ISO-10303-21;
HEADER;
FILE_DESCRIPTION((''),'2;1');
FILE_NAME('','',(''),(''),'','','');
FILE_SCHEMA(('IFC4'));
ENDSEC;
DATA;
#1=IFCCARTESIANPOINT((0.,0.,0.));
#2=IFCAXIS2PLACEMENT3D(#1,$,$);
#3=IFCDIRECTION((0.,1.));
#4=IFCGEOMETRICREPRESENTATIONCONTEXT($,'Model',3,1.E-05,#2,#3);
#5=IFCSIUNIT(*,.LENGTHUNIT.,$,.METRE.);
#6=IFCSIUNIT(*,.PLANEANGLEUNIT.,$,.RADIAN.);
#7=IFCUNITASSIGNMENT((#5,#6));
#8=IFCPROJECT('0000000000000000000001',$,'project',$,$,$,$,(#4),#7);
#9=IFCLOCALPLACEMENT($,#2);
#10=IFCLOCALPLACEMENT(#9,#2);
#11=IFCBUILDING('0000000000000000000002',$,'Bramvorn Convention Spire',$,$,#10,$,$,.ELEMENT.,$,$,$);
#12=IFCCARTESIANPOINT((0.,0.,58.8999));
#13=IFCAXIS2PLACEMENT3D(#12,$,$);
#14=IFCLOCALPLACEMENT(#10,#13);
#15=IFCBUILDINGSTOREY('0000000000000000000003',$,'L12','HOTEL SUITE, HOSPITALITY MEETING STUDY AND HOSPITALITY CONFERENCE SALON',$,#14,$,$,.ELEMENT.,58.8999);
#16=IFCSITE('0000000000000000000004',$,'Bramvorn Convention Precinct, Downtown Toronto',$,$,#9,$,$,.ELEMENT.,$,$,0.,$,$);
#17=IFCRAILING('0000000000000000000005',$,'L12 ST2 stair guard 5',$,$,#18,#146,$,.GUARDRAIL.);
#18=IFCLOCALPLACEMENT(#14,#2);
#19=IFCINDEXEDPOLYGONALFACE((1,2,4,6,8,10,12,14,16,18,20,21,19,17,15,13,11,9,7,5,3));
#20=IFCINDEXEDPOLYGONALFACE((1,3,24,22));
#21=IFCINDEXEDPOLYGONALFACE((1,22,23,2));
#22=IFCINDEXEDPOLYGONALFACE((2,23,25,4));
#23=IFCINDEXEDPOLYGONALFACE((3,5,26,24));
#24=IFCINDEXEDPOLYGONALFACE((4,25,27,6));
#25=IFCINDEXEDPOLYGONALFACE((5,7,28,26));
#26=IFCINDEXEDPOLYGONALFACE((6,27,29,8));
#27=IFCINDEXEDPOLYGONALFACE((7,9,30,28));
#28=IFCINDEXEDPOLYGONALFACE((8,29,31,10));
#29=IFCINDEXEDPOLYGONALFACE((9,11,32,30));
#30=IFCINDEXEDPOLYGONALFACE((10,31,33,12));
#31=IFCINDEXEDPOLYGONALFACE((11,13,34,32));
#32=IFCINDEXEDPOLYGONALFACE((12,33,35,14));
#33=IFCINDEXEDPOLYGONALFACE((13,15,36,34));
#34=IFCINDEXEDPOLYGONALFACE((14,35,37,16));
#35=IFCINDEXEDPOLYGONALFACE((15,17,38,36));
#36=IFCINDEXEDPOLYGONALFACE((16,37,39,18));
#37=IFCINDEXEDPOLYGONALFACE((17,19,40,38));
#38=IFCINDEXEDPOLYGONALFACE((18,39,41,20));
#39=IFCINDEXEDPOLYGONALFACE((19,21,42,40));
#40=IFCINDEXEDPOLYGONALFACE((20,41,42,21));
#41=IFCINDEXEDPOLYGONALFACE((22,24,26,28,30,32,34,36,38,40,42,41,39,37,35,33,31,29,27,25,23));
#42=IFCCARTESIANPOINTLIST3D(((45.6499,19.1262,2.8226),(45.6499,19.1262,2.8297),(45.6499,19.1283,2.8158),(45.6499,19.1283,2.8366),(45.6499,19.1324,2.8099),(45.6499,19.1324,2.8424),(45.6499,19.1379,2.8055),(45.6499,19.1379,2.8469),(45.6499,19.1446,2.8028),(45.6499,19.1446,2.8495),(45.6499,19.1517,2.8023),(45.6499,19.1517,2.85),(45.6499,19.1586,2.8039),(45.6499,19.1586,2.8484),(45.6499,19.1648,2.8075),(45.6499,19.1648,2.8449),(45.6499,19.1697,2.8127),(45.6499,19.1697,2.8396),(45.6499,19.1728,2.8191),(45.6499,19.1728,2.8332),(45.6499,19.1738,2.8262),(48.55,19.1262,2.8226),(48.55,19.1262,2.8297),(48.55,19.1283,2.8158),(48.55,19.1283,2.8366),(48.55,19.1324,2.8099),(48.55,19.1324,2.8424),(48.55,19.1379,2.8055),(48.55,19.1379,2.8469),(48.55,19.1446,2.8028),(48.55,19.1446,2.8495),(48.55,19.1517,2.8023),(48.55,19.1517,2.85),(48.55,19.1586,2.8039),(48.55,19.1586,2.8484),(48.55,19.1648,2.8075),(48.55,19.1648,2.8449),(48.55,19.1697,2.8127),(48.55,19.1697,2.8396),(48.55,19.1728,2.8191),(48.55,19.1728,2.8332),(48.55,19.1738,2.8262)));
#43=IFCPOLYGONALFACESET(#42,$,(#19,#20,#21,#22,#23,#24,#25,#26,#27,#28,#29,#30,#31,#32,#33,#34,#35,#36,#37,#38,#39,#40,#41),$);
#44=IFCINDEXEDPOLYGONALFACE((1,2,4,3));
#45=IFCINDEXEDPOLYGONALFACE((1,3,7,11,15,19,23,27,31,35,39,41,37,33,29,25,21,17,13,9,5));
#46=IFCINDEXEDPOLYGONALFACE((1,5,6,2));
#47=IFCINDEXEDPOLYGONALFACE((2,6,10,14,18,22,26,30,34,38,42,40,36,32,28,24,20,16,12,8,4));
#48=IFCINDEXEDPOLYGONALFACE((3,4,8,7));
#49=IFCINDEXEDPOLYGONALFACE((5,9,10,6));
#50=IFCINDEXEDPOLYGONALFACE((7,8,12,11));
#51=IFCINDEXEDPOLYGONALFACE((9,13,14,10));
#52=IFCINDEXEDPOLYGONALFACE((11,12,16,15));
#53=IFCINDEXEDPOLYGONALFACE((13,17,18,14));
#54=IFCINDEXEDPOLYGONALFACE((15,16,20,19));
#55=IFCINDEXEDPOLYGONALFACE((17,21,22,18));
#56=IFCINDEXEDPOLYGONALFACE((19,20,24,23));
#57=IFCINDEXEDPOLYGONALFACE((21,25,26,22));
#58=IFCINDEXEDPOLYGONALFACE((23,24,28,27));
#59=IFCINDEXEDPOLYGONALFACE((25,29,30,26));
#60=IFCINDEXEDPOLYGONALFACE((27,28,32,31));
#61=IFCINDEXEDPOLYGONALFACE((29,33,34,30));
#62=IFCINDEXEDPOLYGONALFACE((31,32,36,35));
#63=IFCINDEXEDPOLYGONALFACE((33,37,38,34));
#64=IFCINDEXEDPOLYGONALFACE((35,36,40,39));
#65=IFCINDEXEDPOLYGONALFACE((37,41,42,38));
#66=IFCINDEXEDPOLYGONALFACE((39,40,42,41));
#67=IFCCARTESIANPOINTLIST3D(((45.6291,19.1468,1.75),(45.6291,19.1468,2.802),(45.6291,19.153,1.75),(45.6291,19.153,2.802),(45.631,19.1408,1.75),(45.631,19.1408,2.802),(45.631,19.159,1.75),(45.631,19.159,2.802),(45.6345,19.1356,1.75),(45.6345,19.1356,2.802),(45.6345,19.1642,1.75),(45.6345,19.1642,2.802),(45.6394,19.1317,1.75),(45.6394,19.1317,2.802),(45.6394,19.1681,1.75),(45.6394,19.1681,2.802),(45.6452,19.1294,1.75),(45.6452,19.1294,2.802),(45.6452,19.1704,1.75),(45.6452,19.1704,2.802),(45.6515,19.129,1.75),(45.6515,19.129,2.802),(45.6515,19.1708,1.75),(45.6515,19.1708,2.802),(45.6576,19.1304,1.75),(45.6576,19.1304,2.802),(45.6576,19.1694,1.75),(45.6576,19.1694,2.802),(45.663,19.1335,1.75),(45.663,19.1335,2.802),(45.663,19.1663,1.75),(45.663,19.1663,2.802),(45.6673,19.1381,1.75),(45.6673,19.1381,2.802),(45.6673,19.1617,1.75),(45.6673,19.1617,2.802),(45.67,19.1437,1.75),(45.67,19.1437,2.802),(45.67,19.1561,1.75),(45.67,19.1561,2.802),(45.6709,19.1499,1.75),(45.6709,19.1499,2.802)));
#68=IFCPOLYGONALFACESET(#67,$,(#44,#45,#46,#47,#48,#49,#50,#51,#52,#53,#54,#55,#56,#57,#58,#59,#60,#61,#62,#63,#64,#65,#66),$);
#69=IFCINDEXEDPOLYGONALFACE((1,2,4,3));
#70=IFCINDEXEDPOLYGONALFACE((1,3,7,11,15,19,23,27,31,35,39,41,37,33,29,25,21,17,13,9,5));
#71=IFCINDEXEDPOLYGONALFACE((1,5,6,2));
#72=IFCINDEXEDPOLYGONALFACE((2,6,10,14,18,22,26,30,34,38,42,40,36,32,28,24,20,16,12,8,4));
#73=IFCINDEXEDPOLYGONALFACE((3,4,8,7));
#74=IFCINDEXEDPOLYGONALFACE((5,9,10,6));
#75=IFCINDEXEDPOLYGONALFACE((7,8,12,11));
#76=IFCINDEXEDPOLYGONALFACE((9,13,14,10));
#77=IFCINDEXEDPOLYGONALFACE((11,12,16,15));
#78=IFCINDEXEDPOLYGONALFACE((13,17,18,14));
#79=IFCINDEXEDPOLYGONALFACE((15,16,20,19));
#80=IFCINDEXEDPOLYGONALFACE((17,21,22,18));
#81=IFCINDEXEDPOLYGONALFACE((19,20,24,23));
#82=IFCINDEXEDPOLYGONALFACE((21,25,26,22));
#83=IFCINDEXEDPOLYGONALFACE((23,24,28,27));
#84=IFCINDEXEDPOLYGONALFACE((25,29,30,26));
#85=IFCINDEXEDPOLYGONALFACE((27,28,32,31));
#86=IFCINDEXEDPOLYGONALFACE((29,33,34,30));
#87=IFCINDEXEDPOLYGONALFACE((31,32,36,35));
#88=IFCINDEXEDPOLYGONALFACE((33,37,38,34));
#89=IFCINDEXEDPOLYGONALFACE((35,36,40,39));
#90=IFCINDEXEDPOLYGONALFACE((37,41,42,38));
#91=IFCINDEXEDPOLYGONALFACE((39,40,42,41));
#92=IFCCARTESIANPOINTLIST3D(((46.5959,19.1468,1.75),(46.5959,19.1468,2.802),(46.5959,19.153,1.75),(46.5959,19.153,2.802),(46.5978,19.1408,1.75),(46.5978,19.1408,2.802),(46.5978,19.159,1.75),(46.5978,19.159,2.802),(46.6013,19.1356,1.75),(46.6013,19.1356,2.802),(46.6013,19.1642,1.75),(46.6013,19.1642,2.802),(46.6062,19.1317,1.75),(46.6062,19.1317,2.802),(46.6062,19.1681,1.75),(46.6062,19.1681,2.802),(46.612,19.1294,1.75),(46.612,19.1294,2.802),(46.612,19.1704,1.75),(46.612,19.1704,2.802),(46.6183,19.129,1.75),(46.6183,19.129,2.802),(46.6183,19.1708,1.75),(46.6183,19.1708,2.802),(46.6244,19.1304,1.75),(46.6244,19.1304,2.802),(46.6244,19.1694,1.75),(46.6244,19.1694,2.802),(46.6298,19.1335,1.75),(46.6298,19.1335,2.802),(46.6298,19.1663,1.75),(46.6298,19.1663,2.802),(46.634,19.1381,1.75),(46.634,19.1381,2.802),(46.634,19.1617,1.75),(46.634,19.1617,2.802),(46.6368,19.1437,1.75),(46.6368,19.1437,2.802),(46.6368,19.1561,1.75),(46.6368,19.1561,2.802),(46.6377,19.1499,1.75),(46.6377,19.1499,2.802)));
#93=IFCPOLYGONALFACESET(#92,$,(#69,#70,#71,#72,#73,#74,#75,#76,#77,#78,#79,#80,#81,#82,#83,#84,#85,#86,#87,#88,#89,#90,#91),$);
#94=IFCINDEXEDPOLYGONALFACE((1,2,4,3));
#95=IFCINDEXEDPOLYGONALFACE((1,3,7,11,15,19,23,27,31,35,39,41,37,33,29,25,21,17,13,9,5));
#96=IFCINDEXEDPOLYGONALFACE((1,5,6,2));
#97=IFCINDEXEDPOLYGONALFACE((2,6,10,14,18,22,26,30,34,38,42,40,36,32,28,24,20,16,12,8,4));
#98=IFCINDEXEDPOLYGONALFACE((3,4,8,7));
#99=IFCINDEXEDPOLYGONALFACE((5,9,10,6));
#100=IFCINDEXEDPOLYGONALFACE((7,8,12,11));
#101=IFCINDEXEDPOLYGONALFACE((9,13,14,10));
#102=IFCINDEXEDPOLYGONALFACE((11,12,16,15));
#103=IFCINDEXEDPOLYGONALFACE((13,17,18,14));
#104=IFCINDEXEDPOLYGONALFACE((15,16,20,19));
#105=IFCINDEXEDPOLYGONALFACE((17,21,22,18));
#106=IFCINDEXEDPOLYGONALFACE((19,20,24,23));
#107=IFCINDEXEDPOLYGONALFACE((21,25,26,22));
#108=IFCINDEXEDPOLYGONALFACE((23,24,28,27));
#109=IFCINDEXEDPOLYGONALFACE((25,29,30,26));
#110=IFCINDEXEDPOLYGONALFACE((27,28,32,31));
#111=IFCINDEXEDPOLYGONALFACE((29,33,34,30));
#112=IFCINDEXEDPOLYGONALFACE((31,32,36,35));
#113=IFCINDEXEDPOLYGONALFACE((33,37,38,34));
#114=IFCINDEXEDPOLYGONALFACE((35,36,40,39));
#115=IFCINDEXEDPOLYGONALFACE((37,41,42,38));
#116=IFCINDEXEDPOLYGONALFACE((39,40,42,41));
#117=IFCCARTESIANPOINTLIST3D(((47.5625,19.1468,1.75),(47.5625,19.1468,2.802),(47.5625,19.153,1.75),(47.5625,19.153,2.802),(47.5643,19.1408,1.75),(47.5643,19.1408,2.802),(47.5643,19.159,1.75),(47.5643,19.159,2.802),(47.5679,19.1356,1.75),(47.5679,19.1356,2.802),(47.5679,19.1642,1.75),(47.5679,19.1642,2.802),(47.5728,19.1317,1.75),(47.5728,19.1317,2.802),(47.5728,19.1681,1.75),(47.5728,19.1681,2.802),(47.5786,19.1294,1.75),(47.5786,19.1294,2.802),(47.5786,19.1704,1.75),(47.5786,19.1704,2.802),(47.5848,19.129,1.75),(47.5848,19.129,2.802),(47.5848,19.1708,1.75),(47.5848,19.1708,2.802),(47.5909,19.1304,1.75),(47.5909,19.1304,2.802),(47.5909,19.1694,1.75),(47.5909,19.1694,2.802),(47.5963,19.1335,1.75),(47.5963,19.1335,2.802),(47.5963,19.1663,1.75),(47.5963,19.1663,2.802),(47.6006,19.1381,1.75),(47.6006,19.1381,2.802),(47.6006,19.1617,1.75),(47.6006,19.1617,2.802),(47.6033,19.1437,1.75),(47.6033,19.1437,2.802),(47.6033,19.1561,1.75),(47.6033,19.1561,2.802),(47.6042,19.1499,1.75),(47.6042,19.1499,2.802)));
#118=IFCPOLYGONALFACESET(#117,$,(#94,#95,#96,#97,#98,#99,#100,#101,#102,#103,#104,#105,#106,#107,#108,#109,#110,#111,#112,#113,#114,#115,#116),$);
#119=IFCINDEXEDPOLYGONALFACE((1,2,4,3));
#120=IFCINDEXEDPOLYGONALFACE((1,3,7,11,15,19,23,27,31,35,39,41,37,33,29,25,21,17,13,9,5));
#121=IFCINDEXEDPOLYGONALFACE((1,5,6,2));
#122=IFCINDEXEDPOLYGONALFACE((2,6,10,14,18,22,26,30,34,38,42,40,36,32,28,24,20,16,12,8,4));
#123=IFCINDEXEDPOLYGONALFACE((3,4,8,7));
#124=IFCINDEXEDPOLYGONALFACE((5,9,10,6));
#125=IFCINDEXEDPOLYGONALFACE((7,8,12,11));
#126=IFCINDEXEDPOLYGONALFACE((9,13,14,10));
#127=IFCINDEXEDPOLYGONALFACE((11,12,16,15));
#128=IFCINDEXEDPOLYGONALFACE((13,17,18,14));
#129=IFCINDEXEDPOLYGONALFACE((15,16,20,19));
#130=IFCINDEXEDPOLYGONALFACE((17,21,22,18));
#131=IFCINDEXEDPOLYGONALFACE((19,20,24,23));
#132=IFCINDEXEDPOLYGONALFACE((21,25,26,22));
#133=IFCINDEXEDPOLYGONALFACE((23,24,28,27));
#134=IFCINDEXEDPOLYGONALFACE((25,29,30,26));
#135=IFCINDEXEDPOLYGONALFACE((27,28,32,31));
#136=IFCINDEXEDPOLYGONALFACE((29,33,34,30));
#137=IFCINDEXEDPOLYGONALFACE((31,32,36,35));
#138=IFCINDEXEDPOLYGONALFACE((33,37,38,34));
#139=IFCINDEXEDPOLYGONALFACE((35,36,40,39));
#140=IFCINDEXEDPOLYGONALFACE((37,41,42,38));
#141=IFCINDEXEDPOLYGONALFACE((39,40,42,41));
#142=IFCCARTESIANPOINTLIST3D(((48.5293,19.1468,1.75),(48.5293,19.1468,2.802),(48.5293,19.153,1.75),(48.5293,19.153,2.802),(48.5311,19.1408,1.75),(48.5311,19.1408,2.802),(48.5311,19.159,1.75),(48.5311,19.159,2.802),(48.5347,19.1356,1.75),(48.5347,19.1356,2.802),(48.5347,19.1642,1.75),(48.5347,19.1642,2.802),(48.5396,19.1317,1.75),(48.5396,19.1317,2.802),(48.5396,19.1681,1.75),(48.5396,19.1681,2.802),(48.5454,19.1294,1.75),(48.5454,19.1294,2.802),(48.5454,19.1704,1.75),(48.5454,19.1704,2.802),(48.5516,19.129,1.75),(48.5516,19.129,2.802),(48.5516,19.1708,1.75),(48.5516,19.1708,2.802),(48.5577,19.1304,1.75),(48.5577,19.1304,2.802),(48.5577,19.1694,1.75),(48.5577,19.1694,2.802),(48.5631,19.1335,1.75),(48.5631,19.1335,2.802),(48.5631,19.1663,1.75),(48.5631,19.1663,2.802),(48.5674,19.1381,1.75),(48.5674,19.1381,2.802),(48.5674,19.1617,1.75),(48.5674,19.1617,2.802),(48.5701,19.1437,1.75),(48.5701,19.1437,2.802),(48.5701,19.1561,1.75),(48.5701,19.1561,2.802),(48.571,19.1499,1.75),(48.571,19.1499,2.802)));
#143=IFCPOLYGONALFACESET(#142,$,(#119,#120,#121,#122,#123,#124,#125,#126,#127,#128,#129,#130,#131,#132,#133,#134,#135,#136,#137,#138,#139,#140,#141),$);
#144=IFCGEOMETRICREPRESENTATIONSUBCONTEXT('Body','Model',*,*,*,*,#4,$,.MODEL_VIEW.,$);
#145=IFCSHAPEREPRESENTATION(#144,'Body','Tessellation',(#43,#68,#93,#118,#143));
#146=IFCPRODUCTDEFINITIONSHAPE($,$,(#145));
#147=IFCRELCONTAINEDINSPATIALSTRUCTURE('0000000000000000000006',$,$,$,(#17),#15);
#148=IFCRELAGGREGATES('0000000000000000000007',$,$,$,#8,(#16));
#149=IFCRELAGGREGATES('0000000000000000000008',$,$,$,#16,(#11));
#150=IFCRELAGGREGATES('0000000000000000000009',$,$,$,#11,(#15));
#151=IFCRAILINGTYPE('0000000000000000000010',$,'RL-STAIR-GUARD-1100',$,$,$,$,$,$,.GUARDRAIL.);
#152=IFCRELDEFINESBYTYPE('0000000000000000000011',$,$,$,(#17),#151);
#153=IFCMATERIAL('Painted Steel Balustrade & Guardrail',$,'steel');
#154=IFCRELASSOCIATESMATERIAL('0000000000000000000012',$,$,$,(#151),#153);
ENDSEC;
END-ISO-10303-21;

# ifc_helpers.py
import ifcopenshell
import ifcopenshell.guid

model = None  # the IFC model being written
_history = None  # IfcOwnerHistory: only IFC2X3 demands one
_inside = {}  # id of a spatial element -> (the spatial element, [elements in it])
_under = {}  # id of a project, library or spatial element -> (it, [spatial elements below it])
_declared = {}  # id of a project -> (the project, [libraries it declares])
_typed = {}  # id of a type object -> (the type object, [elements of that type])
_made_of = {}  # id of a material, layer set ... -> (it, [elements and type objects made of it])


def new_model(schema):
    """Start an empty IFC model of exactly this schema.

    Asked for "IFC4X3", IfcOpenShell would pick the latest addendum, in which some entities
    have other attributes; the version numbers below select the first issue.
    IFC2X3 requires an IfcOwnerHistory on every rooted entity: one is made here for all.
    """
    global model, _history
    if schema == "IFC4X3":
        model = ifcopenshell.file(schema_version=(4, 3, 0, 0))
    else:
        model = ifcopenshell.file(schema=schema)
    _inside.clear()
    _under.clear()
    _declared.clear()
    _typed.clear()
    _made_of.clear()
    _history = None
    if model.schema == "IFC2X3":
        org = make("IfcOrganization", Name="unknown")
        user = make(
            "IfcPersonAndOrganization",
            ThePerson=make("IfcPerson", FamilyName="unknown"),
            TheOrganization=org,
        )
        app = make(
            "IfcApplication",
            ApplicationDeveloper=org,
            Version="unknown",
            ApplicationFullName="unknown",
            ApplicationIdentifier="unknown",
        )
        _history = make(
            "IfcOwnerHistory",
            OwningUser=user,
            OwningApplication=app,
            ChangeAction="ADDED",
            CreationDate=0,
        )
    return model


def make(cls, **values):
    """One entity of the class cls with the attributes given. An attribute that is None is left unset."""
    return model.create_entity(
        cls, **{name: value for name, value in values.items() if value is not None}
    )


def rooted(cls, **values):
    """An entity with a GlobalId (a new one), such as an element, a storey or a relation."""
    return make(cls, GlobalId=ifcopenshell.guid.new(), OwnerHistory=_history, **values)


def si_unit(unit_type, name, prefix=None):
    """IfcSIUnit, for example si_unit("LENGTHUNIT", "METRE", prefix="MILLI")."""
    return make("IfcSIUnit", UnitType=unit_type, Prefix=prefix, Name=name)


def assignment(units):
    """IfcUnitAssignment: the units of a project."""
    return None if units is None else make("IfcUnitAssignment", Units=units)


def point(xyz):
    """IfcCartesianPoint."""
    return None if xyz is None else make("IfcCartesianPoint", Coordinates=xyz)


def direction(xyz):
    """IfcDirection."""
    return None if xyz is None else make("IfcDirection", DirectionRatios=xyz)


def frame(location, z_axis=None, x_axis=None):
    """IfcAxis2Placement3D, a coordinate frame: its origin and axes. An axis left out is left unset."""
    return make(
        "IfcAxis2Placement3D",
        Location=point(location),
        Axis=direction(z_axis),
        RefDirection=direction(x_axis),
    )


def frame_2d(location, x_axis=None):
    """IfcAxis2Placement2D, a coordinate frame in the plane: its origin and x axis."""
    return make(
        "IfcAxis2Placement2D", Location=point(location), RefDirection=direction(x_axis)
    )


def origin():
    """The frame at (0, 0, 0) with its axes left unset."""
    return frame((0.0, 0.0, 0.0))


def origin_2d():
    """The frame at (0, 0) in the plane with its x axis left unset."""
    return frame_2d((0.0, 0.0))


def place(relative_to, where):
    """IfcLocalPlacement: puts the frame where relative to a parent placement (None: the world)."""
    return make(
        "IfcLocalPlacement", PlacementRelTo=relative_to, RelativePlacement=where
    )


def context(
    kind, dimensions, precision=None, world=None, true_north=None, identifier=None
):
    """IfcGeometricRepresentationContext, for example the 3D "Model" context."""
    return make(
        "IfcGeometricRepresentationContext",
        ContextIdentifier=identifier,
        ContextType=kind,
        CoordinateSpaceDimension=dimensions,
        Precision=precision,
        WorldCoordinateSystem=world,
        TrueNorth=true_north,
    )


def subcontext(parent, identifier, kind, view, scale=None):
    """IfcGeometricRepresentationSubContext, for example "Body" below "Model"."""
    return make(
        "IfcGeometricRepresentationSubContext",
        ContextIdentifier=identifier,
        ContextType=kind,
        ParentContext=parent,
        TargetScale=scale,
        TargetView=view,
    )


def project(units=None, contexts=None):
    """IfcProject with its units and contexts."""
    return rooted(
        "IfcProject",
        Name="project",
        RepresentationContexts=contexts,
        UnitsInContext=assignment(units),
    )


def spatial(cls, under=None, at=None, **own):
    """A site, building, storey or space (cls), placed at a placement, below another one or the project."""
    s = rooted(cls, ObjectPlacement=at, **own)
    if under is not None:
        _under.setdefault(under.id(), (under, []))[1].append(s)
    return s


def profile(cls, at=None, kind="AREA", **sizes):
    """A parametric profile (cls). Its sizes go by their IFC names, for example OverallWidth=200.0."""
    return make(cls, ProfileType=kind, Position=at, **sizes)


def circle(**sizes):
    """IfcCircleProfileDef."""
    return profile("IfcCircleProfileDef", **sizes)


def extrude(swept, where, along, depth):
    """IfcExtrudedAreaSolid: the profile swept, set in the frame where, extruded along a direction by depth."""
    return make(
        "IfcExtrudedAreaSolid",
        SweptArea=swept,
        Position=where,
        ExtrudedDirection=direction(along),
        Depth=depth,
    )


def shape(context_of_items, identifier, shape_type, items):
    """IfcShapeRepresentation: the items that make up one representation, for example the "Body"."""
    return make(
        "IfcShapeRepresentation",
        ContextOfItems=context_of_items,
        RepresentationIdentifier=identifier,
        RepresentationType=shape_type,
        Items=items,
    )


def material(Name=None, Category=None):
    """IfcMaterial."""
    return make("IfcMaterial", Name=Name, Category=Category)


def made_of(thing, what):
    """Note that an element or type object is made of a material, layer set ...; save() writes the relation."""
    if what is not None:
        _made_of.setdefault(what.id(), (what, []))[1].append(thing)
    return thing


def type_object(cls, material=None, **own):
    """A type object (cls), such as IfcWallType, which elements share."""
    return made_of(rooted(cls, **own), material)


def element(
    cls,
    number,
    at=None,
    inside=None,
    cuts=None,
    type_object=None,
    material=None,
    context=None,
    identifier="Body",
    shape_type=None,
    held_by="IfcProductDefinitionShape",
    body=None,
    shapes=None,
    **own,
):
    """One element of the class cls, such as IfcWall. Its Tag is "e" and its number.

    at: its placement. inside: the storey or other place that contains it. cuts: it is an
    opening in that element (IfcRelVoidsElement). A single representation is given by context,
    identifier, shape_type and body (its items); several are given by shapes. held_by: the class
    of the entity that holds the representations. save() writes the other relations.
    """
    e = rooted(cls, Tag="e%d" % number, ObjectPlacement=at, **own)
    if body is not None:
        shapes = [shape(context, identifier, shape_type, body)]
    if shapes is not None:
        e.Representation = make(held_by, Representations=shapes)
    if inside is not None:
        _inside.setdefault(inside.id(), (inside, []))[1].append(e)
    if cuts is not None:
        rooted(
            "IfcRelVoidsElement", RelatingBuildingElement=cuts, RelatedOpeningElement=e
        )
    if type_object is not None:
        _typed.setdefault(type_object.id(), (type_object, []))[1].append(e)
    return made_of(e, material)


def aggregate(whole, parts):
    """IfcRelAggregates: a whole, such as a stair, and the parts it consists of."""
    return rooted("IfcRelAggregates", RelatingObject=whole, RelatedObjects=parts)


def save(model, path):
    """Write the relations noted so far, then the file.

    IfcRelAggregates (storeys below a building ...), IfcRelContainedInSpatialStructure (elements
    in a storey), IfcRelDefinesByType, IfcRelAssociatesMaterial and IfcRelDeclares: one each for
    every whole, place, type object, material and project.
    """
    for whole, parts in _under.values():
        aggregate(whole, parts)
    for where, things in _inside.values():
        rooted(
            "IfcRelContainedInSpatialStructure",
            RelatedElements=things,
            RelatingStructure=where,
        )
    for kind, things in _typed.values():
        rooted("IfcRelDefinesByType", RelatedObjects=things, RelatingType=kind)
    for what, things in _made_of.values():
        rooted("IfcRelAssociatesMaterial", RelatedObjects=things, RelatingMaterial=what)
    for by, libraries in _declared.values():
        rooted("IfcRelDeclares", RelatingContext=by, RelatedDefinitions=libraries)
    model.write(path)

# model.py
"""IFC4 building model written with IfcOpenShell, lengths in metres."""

from ifc_helpers import new_model, si_unit, direction, frame, origin, origin_2d, place, context, subcontext, project, spatial, circle, extrude, material, type_object, element, save


model = new_model("IFC4")

# Units and contexts
model_context = context("Model", 3, precision=1e-05, world=origin(), true_north=direction((0.0, 1.0)))
body_context = subcontext(model_context, "Body", "Model", "MODEL_VIEW")
ifc_project = project(units=[si_unit("LENGTHUNIT", "METRE"), si_unit("PLANEANGLEUNIT", "RADIAN")], contexts=[model_context])

# Site, building, storey
site_placement = place(None, origin())
site = spatial("IfcSite", under=ifc_project, at=site_placement, Name="Bramvorn Convention Precinct, Downtown Toronto", CompositionType="ELEMENT", RefElevation=0.0)
building_placement = place(site_placement, origin())
building = spatial("IfcBuilding", under=site, at=building_placement, Name="Bramvorn Convention Spire", CompositionType="ELEMENT")
storey_placement = place(building_placement, frame((0.0, 0.0, 58.8999)))
storey = spatial("IfcBuildingStorey", under=building, at=storey_placement, Name="L12", Description="HOTEL SUITE, HOSPITALITY MEETING STUDY AND HOSPITALITY CONFERENCE SALON", CompositionType="ELEMENT", Elevation=58.8999)

# Railing
ifc_material_1 = material(Name="Painted Steel Balustrade & Guardrail", Category="steel")
railing_type = type_object("IfcRailingType", Name="RL-STAIR-GUARD-1100", PredefinedType="GUARDRAIL", material=ifc_material_1)
railing_1_placement = place(storey_placement, frame((45.6499, 19.1499, 1.75)))
element("IfcRailing", 1, at=railing_1_placement, inside=storey, type_object=railing_type, Name="L12 ST2 stair guard 5", PredefinedType="GUARDRAIL", context=body_context, shape_type="SweptSolid", body=[
    extrude(circle(Radius=0.0239, at=origin_2d()), frame((0.0, 0.0, 1.0762), z_axis=(1.0, 0.0, 0.0), x_axis=(0.0, 1.0, 0.0)), (0.0, 0.0, 1.0), 2.9001),
    extrude(circle(Radius=0.021, at=origin_2d()), origin(), (0.0, 0.0, 1.0), 1.052),
    extrude(circle(Radius=0.021, at=origin_2d()), frame((0.9668, 0.0, 0.0)), (0.0, 0.0, 1.0), 1.052),
    extrude(circle(Radius=0.021, at=origin_2d()), frame((1.9333, 0.0, 0.0)), (0.0, 0.0, 1.0), 1.052),
    extrude(circle(Radius=0.021, at=origin_2d()), frame((2.9001, 0.0, 0.0)), (0.0, 0.0, 1.0), 1.052),
])

save(model, "model.ifc")
